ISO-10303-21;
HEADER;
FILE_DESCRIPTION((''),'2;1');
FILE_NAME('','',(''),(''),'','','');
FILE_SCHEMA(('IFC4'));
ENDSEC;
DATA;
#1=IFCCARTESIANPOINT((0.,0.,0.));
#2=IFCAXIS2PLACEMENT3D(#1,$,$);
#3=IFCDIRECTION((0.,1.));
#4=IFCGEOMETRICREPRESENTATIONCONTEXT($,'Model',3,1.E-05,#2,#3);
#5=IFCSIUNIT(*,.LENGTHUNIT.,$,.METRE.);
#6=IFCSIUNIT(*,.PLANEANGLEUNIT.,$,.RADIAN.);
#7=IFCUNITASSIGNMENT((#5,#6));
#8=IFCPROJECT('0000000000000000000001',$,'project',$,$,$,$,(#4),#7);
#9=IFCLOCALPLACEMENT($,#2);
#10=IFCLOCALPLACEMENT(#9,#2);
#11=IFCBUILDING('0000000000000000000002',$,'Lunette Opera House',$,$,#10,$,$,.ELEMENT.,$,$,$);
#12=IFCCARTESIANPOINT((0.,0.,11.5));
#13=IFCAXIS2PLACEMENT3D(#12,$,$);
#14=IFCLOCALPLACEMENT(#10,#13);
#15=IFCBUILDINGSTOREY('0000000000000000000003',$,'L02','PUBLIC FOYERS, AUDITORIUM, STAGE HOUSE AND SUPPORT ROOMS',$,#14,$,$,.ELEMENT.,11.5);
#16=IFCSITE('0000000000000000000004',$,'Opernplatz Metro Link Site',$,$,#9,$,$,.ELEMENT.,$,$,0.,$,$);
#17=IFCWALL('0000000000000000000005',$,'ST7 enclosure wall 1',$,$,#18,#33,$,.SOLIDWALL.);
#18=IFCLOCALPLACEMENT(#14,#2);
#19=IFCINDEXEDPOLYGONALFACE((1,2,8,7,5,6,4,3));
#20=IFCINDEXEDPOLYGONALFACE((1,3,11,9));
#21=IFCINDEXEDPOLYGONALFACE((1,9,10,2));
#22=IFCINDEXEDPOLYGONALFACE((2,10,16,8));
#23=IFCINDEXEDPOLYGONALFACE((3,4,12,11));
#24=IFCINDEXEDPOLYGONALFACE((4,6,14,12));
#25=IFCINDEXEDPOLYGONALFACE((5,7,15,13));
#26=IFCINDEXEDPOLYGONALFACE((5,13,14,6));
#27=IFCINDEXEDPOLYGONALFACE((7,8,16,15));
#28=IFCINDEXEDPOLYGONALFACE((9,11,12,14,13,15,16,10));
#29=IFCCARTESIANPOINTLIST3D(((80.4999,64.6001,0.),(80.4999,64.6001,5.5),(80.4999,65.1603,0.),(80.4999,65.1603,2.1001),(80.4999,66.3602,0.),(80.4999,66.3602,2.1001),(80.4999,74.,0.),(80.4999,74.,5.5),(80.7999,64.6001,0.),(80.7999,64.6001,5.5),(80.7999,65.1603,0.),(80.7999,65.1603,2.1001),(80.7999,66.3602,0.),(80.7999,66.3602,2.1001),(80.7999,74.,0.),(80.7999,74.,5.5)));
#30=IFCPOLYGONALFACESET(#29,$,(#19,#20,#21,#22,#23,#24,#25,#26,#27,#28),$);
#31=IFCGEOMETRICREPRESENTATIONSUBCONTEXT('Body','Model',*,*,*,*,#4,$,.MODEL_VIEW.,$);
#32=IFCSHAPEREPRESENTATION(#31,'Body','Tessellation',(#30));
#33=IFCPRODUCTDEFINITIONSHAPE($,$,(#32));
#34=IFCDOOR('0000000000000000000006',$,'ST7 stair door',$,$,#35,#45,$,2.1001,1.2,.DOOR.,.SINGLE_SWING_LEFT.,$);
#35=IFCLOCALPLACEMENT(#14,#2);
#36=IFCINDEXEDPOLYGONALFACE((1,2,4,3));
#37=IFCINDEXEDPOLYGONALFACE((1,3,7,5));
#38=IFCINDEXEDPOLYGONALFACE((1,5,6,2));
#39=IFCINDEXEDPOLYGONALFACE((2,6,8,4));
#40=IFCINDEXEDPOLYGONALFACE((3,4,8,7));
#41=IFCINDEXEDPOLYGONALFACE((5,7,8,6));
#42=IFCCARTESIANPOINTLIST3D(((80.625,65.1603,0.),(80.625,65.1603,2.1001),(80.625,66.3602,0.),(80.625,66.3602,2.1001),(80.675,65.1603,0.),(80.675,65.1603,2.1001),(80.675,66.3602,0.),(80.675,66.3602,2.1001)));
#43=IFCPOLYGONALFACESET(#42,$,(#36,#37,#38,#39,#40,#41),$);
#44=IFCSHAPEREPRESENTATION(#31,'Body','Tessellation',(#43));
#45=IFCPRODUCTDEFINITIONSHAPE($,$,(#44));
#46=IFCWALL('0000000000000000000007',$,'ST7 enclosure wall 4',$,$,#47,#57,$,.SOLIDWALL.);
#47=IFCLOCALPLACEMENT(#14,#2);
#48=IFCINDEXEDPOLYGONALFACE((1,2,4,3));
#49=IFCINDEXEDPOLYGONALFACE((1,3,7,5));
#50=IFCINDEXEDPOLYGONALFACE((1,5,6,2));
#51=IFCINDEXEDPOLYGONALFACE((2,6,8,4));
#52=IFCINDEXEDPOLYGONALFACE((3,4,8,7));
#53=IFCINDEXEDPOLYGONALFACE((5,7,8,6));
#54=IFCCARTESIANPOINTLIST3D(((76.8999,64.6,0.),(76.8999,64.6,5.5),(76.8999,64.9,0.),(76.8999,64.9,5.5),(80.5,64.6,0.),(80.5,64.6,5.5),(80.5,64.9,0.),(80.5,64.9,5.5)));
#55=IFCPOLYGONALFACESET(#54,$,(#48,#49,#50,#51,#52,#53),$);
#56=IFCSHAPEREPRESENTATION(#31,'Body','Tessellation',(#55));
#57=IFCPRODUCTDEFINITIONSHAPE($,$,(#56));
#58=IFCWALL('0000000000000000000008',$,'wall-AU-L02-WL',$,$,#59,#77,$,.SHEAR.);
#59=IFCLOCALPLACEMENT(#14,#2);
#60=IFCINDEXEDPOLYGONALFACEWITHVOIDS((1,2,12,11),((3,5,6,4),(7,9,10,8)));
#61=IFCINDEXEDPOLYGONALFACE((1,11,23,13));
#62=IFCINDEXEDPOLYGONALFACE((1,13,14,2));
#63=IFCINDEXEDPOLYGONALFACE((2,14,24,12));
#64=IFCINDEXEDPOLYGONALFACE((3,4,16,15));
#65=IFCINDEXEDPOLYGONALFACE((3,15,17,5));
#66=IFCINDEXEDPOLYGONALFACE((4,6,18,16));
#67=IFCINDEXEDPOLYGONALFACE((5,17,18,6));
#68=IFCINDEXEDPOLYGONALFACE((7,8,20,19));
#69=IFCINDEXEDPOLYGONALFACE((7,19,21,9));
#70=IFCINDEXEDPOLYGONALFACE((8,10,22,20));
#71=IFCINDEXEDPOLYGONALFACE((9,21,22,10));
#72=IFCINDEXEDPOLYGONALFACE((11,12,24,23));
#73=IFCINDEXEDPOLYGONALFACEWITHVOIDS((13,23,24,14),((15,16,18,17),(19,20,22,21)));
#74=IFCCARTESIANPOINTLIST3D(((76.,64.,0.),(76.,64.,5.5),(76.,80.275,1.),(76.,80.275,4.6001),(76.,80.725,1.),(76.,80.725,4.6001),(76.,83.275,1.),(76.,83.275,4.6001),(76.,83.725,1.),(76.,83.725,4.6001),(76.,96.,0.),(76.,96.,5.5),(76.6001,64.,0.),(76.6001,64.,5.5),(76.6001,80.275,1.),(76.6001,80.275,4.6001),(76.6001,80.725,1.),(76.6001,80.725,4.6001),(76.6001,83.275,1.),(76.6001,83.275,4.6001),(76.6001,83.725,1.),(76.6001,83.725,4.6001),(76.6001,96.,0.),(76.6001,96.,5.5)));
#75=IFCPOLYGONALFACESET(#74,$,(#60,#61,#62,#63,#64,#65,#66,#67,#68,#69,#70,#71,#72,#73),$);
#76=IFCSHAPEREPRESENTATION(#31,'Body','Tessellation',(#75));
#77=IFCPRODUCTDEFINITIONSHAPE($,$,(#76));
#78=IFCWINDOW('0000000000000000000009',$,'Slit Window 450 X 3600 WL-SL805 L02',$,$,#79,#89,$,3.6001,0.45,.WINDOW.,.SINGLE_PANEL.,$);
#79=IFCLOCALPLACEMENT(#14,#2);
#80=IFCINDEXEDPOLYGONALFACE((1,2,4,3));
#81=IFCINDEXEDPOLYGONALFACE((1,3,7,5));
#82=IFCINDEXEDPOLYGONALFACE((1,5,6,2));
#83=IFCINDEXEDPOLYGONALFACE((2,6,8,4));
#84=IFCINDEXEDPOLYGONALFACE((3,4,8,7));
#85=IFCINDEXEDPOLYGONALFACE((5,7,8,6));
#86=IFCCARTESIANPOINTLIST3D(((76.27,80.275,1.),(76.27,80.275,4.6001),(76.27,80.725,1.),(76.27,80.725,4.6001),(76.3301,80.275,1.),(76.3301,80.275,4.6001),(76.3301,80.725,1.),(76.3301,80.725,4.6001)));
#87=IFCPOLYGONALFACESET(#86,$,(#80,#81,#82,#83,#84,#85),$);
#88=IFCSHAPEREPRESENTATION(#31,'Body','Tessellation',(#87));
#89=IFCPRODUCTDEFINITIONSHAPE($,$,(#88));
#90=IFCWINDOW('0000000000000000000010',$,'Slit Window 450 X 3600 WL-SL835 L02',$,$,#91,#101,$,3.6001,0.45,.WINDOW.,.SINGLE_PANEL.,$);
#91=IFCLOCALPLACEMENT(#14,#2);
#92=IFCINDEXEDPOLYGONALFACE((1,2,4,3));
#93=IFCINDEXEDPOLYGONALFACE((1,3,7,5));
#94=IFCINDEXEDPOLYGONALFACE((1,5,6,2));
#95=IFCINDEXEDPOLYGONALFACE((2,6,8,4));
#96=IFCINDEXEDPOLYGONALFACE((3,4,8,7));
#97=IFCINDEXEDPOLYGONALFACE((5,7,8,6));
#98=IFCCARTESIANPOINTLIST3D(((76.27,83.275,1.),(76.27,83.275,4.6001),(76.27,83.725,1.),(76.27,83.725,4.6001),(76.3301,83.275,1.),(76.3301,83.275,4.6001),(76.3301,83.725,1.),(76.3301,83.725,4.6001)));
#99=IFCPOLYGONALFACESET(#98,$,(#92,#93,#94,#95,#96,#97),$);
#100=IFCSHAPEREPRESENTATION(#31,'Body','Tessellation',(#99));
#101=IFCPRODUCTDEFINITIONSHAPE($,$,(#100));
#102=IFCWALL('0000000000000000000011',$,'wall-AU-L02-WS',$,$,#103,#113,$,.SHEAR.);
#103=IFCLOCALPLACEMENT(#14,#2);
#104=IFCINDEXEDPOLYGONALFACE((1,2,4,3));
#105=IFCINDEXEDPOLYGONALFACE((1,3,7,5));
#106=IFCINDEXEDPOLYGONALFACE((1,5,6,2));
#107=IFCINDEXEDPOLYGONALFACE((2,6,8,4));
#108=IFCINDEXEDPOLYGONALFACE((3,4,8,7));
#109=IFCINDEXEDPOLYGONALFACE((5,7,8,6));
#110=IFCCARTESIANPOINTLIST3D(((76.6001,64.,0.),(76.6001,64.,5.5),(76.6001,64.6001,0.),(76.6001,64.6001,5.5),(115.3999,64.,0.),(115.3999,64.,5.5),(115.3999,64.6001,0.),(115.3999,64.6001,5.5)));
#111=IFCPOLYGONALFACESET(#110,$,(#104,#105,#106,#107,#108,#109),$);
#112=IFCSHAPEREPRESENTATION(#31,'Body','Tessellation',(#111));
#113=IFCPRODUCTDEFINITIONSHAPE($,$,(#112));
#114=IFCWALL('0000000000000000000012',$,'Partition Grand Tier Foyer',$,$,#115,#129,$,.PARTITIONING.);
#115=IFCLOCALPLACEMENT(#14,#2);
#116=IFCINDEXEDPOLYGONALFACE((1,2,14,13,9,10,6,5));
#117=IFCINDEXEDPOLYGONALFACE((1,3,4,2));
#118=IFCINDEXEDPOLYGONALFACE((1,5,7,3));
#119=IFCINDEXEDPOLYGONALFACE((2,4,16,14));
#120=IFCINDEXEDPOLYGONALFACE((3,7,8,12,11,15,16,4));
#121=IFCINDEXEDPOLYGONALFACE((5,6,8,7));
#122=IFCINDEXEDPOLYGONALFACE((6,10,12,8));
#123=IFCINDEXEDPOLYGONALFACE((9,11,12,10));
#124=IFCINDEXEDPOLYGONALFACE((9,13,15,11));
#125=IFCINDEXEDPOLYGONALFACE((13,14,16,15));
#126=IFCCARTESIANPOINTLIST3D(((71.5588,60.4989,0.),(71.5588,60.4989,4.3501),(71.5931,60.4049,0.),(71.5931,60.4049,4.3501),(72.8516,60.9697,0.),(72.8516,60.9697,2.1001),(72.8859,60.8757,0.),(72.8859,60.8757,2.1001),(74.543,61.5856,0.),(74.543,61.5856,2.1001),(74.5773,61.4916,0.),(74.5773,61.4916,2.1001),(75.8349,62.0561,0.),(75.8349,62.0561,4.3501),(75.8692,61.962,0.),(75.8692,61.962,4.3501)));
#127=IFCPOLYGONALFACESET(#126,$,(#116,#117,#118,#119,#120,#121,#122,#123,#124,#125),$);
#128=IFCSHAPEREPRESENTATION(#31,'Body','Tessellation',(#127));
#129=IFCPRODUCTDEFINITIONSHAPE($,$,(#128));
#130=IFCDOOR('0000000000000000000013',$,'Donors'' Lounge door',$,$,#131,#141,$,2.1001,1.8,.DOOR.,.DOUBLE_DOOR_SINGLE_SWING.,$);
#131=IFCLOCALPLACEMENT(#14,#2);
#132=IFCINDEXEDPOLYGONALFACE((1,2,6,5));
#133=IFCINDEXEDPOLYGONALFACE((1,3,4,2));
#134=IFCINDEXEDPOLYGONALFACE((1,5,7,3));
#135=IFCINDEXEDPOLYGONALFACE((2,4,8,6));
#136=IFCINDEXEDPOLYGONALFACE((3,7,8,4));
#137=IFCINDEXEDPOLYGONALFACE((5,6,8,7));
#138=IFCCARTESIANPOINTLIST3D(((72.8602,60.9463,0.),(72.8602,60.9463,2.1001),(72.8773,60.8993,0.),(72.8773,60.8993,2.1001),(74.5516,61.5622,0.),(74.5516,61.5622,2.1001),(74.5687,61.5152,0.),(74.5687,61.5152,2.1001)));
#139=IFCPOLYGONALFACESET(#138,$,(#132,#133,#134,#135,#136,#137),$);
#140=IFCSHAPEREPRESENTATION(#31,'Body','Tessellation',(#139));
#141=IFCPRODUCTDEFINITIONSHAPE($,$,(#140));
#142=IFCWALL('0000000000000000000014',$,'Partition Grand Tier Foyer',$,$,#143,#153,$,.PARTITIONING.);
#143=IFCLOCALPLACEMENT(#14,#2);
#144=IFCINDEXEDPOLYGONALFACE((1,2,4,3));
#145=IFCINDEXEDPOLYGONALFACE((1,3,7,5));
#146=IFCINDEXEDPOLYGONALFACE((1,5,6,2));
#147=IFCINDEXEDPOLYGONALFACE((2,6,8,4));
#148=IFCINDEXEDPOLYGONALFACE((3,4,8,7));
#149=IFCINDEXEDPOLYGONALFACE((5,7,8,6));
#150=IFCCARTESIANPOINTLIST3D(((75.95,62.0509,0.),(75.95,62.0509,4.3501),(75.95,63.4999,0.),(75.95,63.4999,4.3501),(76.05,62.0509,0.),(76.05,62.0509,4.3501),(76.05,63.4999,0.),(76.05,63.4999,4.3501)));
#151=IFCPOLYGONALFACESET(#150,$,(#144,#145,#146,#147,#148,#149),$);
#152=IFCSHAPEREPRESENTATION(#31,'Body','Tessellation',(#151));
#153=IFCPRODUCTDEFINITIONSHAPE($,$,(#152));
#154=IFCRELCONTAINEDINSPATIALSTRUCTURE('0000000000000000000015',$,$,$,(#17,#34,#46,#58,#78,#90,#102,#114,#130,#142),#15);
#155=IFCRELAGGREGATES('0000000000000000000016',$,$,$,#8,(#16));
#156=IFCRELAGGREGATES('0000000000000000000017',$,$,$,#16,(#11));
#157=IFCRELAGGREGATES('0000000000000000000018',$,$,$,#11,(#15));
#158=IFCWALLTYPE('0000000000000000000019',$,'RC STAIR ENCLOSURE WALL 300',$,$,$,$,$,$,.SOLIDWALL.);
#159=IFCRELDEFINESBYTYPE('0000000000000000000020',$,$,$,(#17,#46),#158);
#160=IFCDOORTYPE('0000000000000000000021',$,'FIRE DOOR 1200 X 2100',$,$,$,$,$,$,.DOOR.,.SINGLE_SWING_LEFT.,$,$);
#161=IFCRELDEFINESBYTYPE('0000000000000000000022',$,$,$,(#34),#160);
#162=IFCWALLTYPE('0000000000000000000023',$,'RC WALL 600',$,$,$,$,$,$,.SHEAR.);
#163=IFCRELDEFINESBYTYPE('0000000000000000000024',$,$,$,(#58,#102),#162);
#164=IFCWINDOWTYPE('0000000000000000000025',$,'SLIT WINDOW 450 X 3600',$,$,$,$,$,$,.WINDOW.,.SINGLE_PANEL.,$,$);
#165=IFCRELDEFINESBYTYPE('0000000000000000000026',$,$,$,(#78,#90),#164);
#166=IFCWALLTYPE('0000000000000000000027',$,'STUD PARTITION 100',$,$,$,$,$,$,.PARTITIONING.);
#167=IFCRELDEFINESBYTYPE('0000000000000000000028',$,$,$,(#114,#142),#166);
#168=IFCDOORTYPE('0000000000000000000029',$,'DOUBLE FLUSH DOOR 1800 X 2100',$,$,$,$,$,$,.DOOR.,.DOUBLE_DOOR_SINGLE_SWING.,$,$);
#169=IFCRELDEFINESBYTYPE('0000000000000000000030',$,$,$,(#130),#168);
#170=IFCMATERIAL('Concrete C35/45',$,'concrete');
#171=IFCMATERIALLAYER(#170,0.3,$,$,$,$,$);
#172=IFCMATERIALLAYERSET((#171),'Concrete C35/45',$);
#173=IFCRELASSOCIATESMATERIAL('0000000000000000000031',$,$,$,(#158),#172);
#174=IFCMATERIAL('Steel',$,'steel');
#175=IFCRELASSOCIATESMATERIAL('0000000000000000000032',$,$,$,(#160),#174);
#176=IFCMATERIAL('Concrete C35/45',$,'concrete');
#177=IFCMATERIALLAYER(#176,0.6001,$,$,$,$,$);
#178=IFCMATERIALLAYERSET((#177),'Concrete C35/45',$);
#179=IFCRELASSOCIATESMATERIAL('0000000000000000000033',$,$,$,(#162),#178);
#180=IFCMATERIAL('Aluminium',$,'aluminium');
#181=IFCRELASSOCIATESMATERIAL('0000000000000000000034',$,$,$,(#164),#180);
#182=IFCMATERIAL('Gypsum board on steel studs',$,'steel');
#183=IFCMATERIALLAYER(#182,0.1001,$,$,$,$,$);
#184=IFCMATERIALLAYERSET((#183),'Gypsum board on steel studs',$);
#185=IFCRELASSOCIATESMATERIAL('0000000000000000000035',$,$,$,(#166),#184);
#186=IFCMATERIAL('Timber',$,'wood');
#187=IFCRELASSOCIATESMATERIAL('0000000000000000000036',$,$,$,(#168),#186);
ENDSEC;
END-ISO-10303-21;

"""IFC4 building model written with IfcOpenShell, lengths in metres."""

from ifc_helpers import new_model, si_unit, direction, frame, frame_2d, origin, place, context, subcontext, project, spatial, rectangle, extrude, material, layer, layer_set, type_object, element, fill, save


model = new_model("IFC4")

# Units and contexts
model_context = context("Model", 3, precision=1e-05, world=origin(), true_north=direction((0.0, 1.0)))
body_context = subcontext(model_context, "Body", "Model", "MODEL_VIEW")
ifc_project = project(units=[si_unit("LENGTHUNIT", "METRE"), si_unit("PLANEANGLEUNIT", "RADIAN")], contexts=[model_context])

# Site, building, storey
site_placement = place(None, origin())
site = spatial("IfcSite", under=ifc_project, at=site_placement, Name="Opernplatz Metro Link Site", CompositionType="ELEMENT", RefElevation=0.0)
building_placement = place(site_placement, origin())
building = spatial("IfcBuilding", under=site, at=building_placement, Name="Lunette Opera House", CompositionType="ELEMENT")
storey_placement = place(building_placement, frame((0.0, 0.0, 11.5)))
storey = spatial("IfcBuildingStorey", under=building, at=storey_placement, Name="L02", Description="PUBLIC FOYERS, AUDITORIUM, STAGE HOUSE AND SUPPORT ROOMS", CompositionType="ELEMENT", Elevation=11.5)

# Shared definitions
ifc_material_1 = material(Name="Concrete C35/45", Category="concrete")
ifc_layer_1 = layer(ifc_material_1, 0.3)
ifc_layer_set_1 = layer_set([ifc_layer_1], Name="Concrete C35/45")
wall_type_1 = type_object("IfcWallType", Name="RC STAIR ENCLOSURE WALL 300", PredefinedType="SOLIDWALL", material=ifc_layer_set_1)

# Wall, opening, door
wall_1_placement = place(storey_placement, frame((80.6499, 64.6001, 0.0), z_axis=(0.0, 0.0, 1.0), x_axis=(0.0, 1.0, 0.0)))
wall_1 = element("IfcWall", 1, at=wall_1_placement, inside=storey, type_object=wall_type_1, Name="ST7 enclosure wall 1", PredefinedType="SOLIDWALL", context=body_context, shape_type="SweptSolid", body=[
    extrude(rectangle(XDim=9.3999, YDim=0.3, at=frame_2d((4.7, 0.0))), origin(), (0.0, 0.0, 1.0), 5.5),
])
opening_1_placement = place(wall_1_placement, frame((0.5601, 0.0, 0.0)))
opening_1 = element("IfcOpeningElement", 2, at=opening_1_placement, cuts=wall_1, PredefinedType="OPENING", context=body_context, shape_type="SweptSolid", body=[
    extrude(rectangle(XDim=1.2, YDim=2.1001, at=frame_2d((0.6001, 1.05))), frame((0.0, 0.1621, 0.0), z_axis=(0.0, -1.0, 0.0), x_axis=(1.0, 0.0, 0.0)), (0.0, 0.0, 1.0), 0.324),
])
ifc_material_2 = material(Name="Steel", Category="steel")
door_type_1 = type_object("IfcDoorType", Name="FIRE DOOR 1200 X 2100", OperationType="SINGLE_SWING_LEFT", PredefinedType="DOOR", material=ifc_material_2)
door_1_placement = place(opening_1_placement, origin())
door_1 = element("IfcDoor", 3, at=door_1_placement, inside=storey, type_object=door_type_1, Name="ST7 stair door", OperationType="SINGLE_SWING_LEFT", OverallHeight=2.1001, OverallWidth=1.2, PredefinedType="DOOR", context=body_context, shape_type="SweptSolid", body=[
    extrude(rectangle(XDim=1.2, YDim=2.1001, at=frame_2d((0.6001, 1.05))), frame((0.0, 0.0249, 0.0), z_axis=(0.0, -1.0, 0.0), x_axis=(1.0, 0.0, 0.0)), (0.0, 0.0, 1.0), 0.05),
])
fill(opening_1, door_1)

# Wall
wall_2_placement = place(storey_placement, frame((76.8999, 64.75, 0.0), z_axis=(0.0, 0.0, 1.0), x_axis=(1.0, 0.0, 0.0)))
element("IfcWall", 4, at=wall_2_placement, inside=storey, type_object=wall_type_1, Name="ST7 enclosure wall 4", PredefinedType="SOLIDWALL", context=body_context, shape_type="SweptSolid", body=[
    extrude(rectangle(XDim=3.6001, YDim=0.3, at=frame_2d((1.8, 0.0))), origin(), (0.0, 0.0, 1.0), 5.5),
])

# Wall, openings, windows
ifc_material_3 = material(Name="Concrete C35/45", Category="concrete")
ifc_layer_2 = layer(ifc_material_3, 0.6001)
ifc_layer_set_2 = layer_set([ifc_layer_2], Name="Concrete C35/45")
wall_type_2 = type_object("IfcWallType", Name="RC WALL 600", PredefinedType="SHEAR", material=ifc_layer_set_2)
wall_3_placement = place(storey_placement, frame((76.3, 64.0, 0.0), z_axis=(0.0, 0.0, 1.0), x_axis=(0.0, 1.0, 0.0)))
wall_3 = element("IfcWall", 5, at=wall_3_placement, inside=storey, type_object=wall_type_2, Name="wall-AU-L02-WL", PredefinedType="SHEAR", context=body_context, shape_type="SweptSolid", body=[
    extrude(rectangle(XDim=32.0, YDim=0.6001, at=frame_2d((16.0, 0.0))), origin(), (0.0, 0.0, 1.0), 5.5),
])
opening_2_placement = place(wall_3_placement, frame((16.2749, 0.0, 1.0)))
opening_2 = element("IfcOpeningElement", 6, at=opening_2_placement, cuts=wall_3, PredefinedType="OPENING", context=body_context, shape_type="SweptSolid", body=[
    extrude(rectangle(XDim=0.45, YDim=3.6001, at=frame_2d((0.2251, 1.8))), frame((0.0, 0.312, 0.0), z_axis=(0.0, -1.0, 0.0), x_axis=(1.0, 0.0, 0.0)), (0.0, 0.0, 1.0), 0.624),
])
opening_3_placement = place(wall_3_placement, frame((19.2749, 0.0, 1.0)))
opening_3 = element("IfcOpeningElement", 7, at=opening_3_placement, cuts=wall_3, PredefinedType="OPENING", context=body_context, shape_type="SweptSolid", body=[
    extrude(rectangle(XDim=0.45, YDim=3.6001, at=frame_2d((0.2251, 1.8))), frame((0.0, 0.312, 0.0), z_axis=(0.0, -1.0, 0.0), x_axis=(1.0, 0.0, 0.0)), (0.0, 0.0, 1.0), 0.624),
])
ifc_material_4 = material(Name="Aluminium", Category="aluminium")
window_type = type_object("IfcWindowType", Name="SLIT WINDOW 450 X 3600", PartitioningType="SINGLE_PANEL", PredefinedType="WINDOW", material=ifc_material_4)
window_1_placement = place(opening_2_placement, origin())
window_1 = element("IfcWindow", 8, at=window_1_placement, inside=storey, type_object=window_type, Name="Slit Window 450 X 3600 WL-SL805 L02", OverallHeight=3.6001, OverallWidth=0.45, PartitioningType="SINGLE_PANEL", PredefinedType="WINDOW", context=body_context, shape_type="SweptSolid", body=[
    extrude(rectangle(XDim=0.45, YDim=3.6001, at=frame_2d((0.2251, 1.8))), frame((0.0, 0.03, 0.0), z_axis=(0.0, -1.0, 0.0), x_axis=(1.0, 0.0, 0.0)), (0.0, 0.0, 1.0), 0.0601),
])
fill(opening_2, window_1)
window_2_placement = place(opening_3_placement, origin())
window_2 = element("IfcWindow", 9, at=window_2_placement, inside=storey, type_object=window_type, Name="Slit Window 450 X 3600 WL-SL835 L02", OverallHeight=3.6001, OverallWidth=0.45, PartitioningType="SINGLE_PANEL", PredefinedType="WINDOW", context=body_context, shape_type="SweptSolid", body=[
    extrude(rectangle(XDim=0.45, YDim=3.6001, at=frame_2d((0.2251, 1.8))), frame((0.0, 0.03, 0.0), z_axis=(0.0, -1.0, 0.0), x_axis=(1.0, 0.0, 0.0)), (0.0, 0.0, 1.0), 0.0601),
])
fill(opening_3, window_2)

# Wall
wall_4_placement = place(storey_placement, frame((76.6001, 64.3, 0.0), z_axis=(0.0, 0.0, 1.0), x_axis=(1.0, 0.0, 0.0)))
element("IfcWall", 10, at=wall_4_placement, inside=storey, type_object=wall_type_2, Name="wall-AU-L02-WS", PredefinedType="SHEAR", context=body_context, shape_type="SweptSolid", body=[
    extrude(rectangle(XDim=38.7998, YDim=0.6001, at=frame_2d((19.3999, 0.0))), origin(), (0.0, 0.0, 1.0), 5.5),
])

# Wall, opening, door
ifc_material_5 = material(Name="Gypsum board on steel studs", Category="steel")
ifc_layer_3 = layer(ifc_material_5, 0.1001)
ifc_layer_set_3 = layer_set([ifc_layer_3], Name="Gypsum board on steel studs")
wall_type_3 = type_object("IfcWallType", Name="STUD PARTITION 100", PredefinedType="PARTITIONING", material=ifc_layer_set_3)
wall_5_placement = place(storey_placement, frame((75.8521, 62.009, 0.0), z_axis=(0.0, 0.0, 1.0), x_axis=(-0.93964, -0.342165, 0.0)))
wall_5 = element("IfcWall", 11, at=wall_5_placement, inside=storey, type_object=wall_type_3, Name="Partition Grand Tier Foyer", PredefinedType="PARTITIONING", context=body_context, shape_type="SweptSolid", body=[
    extrude(rectangle(XDim=4.5508, YDim=0.1001, at=frame_2d((2.2754, 0.0))), origin(), (0.0, 0.0, 1.0), 4.3501),
])
opening_4_placement = place(wall_5_placement, frame((1.375, 0.0, 0.0)))
opening_4 = element("IfcOpeningElement", 12, at=opening_4_placement, cuts=wall_5, PredefinedType="OPENING", context=body_context, shape_type="SweptSolid", body=[
    extrude(rectangle(XDim=1.8, YDim=2.1001, at=frame_2d((0.8999, 1.05))), frame((0.0, 0.062, 0.0), z_axis=(0.0, -1.0, 0.0), x_axis=(1.0, 0.0, 0.0)), (0.0, 0.0, 1.0), 0.124),
])
ifc_material_6 = material(Name="Timber", Category="wood")
door_type_2 = type_object("IfcDoorType", Name="DOUBLE FLUSH DOOR 1800 X 2100", OperationType="DOUBLE_DOOR_SINGLE_SWING", PredefinedType="DOOR", material=ifc_material_6)
door_2_placement = place(opening_4_placement, origin())
door_2 = element("IfcDoor", 13, at=door_2_placement, inside=storey, type_object=door_type_2, Name="Donors' Lounge door", OperationType="DOUBLE_DOOR_SINGLE_SWING", OverallHeight=2.1001, OverallWidth=1.8, PredefinedType="DOOR", context=body_context, shape_type="SweptSolid", body=[
    extrude(rectangle(XDim=1.8, YDim=2.1001, at=frame_2d((0.8999, 1.05))), frame((0.0, 0.0249, 0.0), z_axis=(0.0, -1.0, 0.0), x_axis=(1.0, 0.0, 0.0)), (0.0, 0.0, 1.0), 0.05),
])
fill(opening_4, door_2)

# Wall
wall_6_placement = place(storey_placement, frame((76.0, 63.5, 0.0), z_axis=(0.0, 0.0, 1.0), x_axis=(0.0, -1.0, 0.0)))
element("IfcWall", 14, at=wall_6_placement, inside=storey, type_object=wall_type_3, Name="Partition Grand Tier Foyer", PredefinedType="PARTITIONING", context=body_context, shape_type="SweptSolid", body=[
    extrude(rectangle(XDim=1.449, YDim=0.1001, at=frame_2d((0.7246, 0.0))), origin(), (0.0, 0.0, 1.0), 4.3501),
])

save(model, "model.ifc")
